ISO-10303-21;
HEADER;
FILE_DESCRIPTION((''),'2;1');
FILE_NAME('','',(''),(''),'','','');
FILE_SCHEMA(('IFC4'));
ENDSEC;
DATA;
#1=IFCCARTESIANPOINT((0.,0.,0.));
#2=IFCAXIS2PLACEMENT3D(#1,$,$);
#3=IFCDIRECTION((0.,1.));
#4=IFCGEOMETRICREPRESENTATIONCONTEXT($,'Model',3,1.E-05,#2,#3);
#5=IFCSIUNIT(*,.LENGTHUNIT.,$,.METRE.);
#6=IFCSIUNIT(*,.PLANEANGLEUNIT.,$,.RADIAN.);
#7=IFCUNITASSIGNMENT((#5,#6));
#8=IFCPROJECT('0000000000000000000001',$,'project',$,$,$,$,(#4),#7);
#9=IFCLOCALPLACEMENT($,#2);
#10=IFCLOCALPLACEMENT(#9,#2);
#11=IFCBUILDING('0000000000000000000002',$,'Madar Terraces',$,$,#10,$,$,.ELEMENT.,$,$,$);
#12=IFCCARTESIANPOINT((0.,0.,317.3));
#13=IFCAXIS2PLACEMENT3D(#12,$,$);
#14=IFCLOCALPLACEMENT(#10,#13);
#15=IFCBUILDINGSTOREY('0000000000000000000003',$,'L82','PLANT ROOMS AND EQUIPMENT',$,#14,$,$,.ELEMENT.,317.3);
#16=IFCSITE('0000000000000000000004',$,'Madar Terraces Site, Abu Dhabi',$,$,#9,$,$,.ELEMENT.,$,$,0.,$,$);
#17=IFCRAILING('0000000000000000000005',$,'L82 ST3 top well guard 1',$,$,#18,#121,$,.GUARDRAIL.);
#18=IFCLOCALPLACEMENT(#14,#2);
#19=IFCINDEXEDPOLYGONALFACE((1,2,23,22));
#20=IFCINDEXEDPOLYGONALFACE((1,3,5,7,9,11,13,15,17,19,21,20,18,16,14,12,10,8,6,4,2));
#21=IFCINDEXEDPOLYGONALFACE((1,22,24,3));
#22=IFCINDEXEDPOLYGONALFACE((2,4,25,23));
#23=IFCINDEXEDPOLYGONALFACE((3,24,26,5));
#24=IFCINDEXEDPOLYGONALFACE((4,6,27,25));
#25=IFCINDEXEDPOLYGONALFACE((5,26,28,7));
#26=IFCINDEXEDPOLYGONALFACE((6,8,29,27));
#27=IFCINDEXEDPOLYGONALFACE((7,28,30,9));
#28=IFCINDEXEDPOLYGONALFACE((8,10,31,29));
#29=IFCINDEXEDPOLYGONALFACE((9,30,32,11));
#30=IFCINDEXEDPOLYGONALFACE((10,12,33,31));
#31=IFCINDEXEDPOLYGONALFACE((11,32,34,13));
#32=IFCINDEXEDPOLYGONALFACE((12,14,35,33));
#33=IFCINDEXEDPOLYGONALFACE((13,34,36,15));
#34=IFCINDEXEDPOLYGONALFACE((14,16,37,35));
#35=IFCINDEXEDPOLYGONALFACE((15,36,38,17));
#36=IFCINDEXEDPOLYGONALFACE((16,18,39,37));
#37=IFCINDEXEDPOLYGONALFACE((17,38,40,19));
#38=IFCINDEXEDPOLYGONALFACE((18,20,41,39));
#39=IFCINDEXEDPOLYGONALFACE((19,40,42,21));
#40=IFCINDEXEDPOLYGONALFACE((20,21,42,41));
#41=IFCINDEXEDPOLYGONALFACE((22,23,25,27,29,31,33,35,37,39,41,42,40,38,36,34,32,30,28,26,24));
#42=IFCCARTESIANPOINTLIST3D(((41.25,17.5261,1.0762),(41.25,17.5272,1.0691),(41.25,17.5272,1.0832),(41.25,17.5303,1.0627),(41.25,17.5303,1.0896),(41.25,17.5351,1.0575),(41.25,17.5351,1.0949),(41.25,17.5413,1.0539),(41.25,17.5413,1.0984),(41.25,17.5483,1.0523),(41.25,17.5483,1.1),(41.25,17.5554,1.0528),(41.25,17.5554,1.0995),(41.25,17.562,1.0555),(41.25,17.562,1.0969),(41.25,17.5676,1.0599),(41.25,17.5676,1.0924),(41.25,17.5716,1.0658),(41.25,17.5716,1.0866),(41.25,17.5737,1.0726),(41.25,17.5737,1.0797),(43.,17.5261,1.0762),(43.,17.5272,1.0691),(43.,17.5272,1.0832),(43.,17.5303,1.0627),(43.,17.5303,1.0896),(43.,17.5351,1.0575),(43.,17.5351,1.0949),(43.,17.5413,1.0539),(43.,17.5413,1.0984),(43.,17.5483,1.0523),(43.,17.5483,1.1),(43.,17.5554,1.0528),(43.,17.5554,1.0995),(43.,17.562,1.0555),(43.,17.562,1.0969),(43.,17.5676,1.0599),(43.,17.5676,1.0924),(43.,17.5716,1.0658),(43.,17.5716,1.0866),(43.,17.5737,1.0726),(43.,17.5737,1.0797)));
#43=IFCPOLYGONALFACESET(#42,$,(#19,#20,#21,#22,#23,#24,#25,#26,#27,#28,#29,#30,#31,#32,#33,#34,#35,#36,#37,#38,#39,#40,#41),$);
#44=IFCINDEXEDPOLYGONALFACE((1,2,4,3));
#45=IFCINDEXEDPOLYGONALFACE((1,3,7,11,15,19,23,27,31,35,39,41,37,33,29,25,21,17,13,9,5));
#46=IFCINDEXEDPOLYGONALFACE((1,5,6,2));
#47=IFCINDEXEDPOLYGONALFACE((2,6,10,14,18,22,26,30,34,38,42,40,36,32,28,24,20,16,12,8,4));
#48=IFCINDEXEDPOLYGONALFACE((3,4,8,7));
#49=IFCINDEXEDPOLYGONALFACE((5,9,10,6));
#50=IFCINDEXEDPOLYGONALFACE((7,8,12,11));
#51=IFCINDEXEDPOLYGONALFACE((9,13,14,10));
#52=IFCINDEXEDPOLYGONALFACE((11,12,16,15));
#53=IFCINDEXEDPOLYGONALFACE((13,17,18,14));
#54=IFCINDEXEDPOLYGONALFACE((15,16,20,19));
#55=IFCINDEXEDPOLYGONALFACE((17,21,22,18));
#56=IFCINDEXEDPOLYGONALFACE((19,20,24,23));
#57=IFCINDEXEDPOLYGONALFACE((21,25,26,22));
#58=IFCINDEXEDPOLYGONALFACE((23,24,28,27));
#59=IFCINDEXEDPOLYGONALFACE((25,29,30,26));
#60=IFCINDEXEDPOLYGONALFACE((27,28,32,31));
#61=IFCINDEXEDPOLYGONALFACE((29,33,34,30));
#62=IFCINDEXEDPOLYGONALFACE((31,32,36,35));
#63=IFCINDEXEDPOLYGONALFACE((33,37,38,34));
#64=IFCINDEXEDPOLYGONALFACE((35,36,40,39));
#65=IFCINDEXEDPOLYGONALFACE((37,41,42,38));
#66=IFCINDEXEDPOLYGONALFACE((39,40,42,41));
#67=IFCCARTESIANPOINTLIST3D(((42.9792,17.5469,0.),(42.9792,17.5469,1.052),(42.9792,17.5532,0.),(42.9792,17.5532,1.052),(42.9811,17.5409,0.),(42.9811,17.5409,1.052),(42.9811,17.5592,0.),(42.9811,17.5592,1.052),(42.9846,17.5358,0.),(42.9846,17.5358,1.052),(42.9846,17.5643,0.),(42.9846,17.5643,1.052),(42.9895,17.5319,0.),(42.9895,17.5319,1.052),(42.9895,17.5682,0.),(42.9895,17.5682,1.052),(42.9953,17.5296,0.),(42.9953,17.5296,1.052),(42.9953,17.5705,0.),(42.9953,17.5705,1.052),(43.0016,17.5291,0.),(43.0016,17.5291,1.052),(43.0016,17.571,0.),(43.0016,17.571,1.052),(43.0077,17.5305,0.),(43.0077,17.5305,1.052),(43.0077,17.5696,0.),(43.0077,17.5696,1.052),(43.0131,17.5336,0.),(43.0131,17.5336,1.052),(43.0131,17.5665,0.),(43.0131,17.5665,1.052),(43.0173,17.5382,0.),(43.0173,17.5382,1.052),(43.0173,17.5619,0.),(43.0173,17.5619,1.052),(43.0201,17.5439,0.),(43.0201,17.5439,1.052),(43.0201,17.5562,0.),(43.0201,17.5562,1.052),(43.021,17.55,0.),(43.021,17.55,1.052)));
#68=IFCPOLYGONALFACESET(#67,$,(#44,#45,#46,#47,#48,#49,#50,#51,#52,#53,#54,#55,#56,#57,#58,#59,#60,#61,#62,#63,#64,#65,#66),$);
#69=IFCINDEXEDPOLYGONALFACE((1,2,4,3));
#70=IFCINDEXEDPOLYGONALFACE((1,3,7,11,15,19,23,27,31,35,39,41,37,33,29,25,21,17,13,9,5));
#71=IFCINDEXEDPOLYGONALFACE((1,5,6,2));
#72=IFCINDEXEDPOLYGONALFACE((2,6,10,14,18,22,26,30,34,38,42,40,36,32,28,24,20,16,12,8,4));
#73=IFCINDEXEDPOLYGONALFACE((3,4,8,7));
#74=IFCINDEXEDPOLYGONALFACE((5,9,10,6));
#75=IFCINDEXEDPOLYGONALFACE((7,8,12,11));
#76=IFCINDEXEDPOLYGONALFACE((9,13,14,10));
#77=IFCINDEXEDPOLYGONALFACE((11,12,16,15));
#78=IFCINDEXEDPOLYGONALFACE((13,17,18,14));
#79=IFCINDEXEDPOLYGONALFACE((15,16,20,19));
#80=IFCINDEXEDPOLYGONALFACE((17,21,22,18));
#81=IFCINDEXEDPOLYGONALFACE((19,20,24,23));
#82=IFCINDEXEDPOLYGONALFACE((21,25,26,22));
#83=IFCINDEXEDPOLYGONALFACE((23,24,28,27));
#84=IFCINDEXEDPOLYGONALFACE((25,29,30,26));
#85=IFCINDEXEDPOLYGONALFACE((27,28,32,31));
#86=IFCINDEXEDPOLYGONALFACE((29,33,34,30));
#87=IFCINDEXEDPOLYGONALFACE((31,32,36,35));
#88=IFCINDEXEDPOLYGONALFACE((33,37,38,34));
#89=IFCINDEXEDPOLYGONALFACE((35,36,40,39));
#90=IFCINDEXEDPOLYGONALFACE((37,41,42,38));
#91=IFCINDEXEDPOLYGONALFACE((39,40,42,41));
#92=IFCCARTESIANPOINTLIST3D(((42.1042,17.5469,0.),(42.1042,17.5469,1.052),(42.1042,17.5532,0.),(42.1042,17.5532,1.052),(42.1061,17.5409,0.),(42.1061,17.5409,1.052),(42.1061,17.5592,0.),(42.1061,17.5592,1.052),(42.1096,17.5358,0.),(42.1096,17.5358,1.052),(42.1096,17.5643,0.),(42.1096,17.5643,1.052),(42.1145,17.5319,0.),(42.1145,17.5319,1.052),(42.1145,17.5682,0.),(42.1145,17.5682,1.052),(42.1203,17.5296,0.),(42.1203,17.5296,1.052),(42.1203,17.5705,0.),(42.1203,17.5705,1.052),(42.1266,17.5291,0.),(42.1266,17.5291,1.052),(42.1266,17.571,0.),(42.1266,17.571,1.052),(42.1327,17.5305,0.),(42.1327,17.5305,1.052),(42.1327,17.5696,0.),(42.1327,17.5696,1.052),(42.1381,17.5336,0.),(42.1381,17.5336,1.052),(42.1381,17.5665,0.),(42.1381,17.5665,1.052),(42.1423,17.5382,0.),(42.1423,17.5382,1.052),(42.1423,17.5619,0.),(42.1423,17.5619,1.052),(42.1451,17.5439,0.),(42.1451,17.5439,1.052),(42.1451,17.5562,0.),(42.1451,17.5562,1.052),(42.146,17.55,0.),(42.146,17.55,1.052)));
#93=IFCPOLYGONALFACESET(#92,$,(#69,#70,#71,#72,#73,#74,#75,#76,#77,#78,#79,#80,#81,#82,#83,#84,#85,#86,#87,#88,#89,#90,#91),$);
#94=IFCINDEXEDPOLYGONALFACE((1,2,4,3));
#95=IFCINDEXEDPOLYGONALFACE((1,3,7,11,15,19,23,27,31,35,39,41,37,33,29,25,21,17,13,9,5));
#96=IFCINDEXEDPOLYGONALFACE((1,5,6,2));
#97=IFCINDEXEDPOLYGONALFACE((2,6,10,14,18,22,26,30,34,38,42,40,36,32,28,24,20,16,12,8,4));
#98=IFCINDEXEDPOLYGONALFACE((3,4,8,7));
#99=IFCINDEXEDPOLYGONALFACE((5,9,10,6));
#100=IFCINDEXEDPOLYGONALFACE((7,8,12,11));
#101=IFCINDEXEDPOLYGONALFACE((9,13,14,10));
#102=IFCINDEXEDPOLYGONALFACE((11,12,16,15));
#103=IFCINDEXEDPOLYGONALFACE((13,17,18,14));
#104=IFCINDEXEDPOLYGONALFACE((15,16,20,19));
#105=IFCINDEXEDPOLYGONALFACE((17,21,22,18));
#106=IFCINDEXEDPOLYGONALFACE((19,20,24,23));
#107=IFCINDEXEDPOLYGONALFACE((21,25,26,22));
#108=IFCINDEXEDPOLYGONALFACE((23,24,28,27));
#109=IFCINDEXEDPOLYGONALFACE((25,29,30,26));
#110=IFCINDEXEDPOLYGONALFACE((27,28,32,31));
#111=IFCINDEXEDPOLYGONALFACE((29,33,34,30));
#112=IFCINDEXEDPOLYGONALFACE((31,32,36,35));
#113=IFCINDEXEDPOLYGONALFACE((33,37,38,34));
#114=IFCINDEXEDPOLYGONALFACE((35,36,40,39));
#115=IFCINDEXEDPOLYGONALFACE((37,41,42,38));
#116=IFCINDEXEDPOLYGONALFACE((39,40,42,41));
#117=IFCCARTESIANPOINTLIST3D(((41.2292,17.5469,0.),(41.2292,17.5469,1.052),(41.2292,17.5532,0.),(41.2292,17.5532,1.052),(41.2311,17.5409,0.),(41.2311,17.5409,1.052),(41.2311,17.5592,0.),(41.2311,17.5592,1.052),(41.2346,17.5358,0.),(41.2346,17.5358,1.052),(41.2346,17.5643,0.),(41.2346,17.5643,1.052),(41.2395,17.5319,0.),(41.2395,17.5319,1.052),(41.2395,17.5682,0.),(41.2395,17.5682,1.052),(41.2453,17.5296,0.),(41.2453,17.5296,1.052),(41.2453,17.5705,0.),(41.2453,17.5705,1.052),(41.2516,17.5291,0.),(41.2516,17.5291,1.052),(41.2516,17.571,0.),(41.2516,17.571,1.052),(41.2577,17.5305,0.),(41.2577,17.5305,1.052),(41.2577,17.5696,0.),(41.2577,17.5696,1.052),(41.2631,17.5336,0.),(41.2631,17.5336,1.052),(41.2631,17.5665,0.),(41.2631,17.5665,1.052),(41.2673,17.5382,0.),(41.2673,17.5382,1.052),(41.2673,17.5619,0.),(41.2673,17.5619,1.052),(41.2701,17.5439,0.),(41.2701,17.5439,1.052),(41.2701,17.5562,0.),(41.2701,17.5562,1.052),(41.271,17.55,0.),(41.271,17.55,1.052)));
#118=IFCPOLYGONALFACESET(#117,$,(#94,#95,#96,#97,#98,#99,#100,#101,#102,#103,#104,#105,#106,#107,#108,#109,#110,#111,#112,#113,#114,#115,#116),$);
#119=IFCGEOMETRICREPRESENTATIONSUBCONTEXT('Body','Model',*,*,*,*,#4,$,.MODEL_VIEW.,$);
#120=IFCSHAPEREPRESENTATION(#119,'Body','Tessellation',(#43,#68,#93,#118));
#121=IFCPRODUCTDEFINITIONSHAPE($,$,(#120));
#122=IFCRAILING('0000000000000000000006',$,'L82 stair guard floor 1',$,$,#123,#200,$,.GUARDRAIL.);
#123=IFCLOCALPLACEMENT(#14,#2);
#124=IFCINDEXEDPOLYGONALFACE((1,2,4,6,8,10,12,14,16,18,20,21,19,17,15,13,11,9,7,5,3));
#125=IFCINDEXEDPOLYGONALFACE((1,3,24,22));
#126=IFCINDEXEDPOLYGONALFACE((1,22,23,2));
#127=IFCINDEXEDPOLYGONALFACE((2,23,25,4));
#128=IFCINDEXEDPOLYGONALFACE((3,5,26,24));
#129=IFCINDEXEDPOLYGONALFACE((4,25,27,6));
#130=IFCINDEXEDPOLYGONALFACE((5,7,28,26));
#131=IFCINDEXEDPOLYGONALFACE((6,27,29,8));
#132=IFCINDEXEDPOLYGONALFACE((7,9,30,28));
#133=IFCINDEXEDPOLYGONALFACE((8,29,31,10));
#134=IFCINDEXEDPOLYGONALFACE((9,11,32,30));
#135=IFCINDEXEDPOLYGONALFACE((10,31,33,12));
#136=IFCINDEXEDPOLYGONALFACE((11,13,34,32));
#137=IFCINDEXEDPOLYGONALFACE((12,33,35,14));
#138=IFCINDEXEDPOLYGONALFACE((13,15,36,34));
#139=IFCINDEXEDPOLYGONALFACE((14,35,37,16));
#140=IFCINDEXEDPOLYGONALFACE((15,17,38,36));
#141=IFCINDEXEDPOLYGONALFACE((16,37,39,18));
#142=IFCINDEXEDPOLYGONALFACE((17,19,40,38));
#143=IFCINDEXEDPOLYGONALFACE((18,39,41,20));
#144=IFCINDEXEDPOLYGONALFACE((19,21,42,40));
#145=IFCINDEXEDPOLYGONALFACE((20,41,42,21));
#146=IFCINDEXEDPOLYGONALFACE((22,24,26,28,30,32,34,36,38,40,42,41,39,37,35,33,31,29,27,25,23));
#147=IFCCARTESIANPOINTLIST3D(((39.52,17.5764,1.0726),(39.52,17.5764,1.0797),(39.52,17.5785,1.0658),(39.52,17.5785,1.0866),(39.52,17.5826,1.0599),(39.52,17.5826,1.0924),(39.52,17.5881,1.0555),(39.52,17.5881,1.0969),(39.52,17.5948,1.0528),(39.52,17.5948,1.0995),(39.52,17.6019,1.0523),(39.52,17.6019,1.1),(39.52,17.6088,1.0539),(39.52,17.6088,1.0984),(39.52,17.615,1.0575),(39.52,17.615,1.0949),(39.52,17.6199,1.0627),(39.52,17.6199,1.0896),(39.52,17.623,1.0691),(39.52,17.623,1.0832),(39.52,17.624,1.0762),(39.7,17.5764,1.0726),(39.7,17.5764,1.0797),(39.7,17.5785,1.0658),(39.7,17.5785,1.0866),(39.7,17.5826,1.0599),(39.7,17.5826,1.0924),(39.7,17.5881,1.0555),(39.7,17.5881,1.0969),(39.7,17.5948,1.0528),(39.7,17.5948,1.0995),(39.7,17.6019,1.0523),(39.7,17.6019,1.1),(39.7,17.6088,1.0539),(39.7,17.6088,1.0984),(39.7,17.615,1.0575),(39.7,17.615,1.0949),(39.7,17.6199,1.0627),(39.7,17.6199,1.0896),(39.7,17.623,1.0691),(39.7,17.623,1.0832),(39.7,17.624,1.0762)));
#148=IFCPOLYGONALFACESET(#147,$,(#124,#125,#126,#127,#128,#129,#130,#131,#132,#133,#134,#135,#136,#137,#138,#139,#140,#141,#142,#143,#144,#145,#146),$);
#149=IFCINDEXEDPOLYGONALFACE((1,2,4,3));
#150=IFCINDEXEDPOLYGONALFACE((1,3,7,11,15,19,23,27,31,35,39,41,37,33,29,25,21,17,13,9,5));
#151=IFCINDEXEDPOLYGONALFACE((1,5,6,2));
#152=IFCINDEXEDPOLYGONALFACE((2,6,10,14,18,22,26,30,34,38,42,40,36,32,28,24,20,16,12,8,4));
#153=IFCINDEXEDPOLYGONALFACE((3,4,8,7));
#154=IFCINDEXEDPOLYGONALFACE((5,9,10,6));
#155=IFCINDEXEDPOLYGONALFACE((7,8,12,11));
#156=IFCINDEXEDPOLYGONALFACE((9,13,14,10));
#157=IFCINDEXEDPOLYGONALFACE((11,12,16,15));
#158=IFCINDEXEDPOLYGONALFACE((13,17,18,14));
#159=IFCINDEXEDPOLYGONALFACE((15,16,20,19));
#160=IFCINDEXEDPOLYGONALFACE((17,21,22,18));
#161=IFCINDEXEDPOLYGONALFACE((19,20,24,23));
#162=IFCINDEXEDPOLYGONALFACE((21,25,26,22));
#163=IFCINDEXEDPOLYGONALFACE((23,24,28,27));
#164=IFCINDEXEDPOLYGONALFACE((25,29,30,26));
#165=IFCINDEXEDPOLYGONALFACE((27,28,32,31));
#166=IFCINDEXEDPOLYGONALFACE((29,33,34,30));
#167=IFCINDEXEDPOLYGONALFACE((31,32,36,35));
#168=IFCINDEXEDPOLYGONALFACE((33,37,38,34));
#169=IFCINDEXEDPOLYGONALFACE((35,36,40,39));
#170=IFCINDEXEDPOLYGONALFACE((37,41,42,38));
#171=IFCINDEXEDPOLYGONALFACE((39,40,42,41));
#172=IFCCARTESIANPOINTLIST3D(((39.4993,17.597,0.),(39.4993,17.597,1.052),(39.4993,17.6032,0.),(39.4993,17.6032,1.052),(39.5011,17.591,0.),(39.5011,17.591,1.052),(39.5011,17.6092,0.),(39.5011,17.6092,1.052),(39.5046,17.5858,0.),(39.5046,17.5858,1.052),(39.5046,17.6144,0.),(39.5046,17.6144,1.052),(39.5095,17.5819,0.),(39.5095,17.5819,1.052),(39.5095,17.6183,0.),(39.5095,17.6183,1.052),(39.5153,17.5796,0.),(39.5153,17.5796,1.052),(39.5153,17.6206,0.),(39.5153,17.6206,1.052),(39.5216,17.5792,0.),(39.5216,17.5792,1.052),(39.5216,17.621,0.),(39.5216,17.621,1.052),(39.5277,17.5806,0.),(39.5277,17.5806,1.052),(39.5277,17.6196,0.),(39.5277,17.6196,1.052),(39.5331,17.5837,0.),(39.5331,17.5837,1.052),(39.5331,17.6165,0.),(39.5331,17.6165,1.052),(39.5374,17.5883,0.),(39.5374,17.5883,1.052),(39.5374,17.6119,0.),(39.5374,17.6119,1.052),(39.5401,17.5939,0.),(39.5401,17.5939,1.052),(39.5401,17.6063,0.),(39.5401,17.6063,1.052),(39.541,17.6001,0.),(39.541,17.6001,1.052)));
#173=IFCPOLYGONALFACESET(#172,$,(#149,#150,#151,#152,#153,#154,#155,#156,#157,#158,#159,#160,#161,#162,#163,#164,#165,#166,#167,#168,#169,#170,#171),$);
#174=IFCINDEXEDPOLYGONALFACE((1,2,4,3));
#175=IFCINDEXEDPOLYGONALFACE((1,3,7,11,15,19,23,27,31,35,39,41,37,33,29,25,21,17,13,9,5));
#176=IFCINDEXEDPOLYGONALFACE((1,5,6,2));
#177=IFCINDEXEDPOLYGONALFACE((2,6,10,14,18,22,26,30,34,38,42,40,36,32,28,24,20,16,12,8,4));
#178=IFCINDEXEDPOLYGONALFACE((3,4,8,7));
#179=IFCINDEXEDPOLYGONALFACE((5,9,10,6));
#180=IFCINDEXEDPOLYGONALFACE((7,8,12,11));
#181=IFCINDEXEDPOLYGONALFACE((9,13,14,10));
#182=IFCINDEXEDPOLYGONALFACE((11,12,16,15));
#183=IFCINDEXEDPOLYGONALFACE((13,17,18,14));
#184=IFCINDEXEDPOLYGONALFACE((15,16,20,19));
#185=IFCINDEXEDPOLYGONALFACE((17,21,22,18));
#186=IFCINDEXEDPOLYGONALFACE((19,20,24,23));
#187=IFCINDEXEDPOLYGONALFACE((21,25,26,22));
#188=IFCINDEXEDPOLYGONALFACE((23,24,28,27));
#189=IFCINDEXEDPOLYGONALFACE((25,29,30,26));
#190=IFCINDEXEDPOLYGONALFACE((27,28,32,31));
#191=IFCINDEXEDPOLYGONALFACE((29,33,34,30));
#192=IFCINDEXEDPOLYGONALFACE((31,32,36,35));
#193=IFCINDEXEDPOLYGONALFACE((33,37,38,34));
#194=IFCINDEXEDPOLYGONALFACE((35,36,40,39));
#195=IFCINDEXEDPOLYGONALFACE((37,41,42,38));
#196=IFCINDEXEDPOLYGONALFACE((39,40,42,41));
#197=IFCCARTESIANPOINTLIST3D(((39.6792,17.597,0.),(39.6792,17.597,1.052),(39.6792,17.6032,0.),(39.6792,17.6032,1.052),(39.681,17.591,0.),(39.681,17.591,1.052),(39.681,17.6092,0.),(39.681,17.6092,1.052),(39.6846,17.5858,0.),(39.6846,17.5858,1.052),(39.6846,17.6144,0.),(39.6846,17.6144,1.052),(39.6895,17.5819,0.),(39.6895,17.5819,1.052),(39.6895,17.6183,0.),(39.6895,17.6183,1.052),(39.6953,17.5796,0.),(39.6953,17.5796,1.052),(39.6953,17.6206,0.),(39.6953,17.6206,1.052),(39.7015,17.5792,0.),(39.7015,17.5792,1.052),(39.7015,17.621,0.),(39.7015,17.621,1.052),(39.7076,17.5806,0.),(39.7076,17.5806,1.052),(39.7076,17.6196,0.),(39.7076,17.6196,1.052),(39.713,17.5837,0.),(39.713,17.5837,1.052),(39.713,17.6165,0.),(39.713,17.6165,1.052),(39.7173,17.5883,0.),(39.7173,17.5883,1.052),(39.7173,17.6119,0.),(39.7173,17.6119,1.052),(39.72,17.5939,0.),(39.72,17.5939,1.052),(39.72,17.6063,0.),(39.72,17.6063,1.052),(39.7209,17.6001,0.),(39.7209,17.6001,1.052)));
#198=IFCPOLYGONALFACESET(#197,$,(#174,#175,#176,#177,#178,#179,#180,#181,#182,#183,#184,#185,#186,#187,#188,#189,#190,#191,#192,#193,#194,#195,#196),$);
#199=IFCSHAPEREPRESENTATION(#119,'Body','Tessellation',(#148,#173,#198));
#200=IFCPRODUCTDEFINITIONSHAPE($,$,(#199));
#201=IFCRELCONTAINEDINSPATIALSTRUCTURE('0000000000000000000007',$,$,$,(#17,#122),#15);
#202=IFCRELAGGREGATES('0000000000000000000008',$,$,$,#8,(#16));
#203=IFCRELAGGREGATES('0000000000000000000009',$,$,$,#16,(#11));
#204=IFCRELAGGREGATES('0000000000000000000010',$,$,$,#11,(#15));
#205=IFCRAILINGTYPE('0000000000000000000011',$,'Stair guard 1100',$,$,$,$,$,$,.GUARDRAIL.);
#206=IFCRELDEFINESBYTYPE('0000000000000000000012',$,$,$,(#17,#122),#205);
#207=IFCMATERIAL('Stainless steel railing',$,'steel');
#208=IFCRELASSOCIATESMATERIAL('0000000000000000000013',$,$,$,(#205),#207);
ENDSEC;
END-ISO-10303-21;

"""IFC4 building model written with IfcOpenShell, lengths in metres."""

from ifc_helpers import new_model, si_unit, direction, frame, origin, origin_2d, place, context, subcontext, project, spatial, circle, extrude, material, type_object, element, save


model = new_model("IFC4")

# Units and contexts
model_context = context("Model", 3, precision=1e-05, world=origin(), true_north=direction((0.0, 1.0)))
body_context = subcontext(model_context, "Body", "Model", "MODEL_VIEW")
ifc_project = project(units=[si_unit("LENGTHUNIT", "METRE"), si_unit("PLANEANGLEUNIT", "RADIAN")], contexts=[model_context])

# Site, building, storey
site_placement = place(None, origin())
site = spatial("IfcSite", under=ifc_project, at=site_placement, Name="Madar Terraces Site, Abu Dhabi", CompositionType="ELEMENT", RefElevation=0.0)
building_placement = place(site_placement, origin())
building = spatial("IfcBuilding", under=site, at=building_placement, Name="Madar Terraces", CompositionType="ELEMENT")
storey_placement = place(building_placement, frame((0.0, 0.0, 317.3)))
storey = spatial("IfcBuildingStorey", under=building, at=storey_placement, Name="L82", Description="PLANT ROOMS AND EQUIPMENT", CompositionType="ELEMENT", Elevation=317.3)

# Railings
ifc_material_1 = material(Name="Stainless steel railing", Category="steel")
railing_type = type_object("IfcRailingType", Name="Stair guard 1100", PredefinedType="GUARDRAIL", material=ifc_material_1)
railing_placement = place(storey_placement, frame((43.0, 17.55, 0.0)))
element("IfcRailing", 1, at=railing_placement, inside=storey, type_object=railing_type, Name="L82 ST3 top well guard 1", PredefinedType="GUARDRAIL", context=body_context, shape_type="SweptSolid", body=[
    extrude(circle(Radius=0.0239, at=origin_2d()), frame((0.0, 0.0, 1.0762), z_axis=(-1.0, 0.0, 0.0), x_axis=(0.0, -1.0, 0.0)), (0.0, 0.0, 1.0), 1.75),
    extrude(circle(Radius=0.021, at=origin_2d()), origin(), (0.0, 0.0, 1.0), 1.052),
    extrude(circle(Radius=0.021, at=origin_2d()), frame((-0.875, 0.0, 0.0)), (0.0, 0.0, 1.0), 1.052),
    extrude(circle(Radius=0.021, at=origin_2d()), frame((-1.75, 0.0, 0.0)), (0.0, 0.0, 1.0), 1.052),
])
for number, where, name in (
    (2, (39.52, 17.6001, 0.0), "L82 stair guard floor 1"),
):
    element("IfcRailing", number, at=place(storey_placement, frame(where)), inside=storey, type_object=railing_type, Name=name, PredefinedType="GUARDRAIL", context=body_context, shape_type="SweptSolid", body=[
        extrude(circle(Radius=0.0239, at=origin_2d()), frame((0.0, 0.0, 1.0762), z_axis=(1.0, 0.0, 0.0), x_axis=(0.0, 1.0, 0.0)), (0.0, 0.0, 1.0), 0.1799),
        extrude(circle(Radius=0.021, at=origin_2d()), origin(), (0.0, 0.0, 1.0), 1.052),
        extrude(circle(Radius=0.021, at=origin_2d()), frame((0.1799, 0.0, 0.0)), (0.0, 0.0, 1.0), 1.052),
    ])

save(model, "model.ifc")
